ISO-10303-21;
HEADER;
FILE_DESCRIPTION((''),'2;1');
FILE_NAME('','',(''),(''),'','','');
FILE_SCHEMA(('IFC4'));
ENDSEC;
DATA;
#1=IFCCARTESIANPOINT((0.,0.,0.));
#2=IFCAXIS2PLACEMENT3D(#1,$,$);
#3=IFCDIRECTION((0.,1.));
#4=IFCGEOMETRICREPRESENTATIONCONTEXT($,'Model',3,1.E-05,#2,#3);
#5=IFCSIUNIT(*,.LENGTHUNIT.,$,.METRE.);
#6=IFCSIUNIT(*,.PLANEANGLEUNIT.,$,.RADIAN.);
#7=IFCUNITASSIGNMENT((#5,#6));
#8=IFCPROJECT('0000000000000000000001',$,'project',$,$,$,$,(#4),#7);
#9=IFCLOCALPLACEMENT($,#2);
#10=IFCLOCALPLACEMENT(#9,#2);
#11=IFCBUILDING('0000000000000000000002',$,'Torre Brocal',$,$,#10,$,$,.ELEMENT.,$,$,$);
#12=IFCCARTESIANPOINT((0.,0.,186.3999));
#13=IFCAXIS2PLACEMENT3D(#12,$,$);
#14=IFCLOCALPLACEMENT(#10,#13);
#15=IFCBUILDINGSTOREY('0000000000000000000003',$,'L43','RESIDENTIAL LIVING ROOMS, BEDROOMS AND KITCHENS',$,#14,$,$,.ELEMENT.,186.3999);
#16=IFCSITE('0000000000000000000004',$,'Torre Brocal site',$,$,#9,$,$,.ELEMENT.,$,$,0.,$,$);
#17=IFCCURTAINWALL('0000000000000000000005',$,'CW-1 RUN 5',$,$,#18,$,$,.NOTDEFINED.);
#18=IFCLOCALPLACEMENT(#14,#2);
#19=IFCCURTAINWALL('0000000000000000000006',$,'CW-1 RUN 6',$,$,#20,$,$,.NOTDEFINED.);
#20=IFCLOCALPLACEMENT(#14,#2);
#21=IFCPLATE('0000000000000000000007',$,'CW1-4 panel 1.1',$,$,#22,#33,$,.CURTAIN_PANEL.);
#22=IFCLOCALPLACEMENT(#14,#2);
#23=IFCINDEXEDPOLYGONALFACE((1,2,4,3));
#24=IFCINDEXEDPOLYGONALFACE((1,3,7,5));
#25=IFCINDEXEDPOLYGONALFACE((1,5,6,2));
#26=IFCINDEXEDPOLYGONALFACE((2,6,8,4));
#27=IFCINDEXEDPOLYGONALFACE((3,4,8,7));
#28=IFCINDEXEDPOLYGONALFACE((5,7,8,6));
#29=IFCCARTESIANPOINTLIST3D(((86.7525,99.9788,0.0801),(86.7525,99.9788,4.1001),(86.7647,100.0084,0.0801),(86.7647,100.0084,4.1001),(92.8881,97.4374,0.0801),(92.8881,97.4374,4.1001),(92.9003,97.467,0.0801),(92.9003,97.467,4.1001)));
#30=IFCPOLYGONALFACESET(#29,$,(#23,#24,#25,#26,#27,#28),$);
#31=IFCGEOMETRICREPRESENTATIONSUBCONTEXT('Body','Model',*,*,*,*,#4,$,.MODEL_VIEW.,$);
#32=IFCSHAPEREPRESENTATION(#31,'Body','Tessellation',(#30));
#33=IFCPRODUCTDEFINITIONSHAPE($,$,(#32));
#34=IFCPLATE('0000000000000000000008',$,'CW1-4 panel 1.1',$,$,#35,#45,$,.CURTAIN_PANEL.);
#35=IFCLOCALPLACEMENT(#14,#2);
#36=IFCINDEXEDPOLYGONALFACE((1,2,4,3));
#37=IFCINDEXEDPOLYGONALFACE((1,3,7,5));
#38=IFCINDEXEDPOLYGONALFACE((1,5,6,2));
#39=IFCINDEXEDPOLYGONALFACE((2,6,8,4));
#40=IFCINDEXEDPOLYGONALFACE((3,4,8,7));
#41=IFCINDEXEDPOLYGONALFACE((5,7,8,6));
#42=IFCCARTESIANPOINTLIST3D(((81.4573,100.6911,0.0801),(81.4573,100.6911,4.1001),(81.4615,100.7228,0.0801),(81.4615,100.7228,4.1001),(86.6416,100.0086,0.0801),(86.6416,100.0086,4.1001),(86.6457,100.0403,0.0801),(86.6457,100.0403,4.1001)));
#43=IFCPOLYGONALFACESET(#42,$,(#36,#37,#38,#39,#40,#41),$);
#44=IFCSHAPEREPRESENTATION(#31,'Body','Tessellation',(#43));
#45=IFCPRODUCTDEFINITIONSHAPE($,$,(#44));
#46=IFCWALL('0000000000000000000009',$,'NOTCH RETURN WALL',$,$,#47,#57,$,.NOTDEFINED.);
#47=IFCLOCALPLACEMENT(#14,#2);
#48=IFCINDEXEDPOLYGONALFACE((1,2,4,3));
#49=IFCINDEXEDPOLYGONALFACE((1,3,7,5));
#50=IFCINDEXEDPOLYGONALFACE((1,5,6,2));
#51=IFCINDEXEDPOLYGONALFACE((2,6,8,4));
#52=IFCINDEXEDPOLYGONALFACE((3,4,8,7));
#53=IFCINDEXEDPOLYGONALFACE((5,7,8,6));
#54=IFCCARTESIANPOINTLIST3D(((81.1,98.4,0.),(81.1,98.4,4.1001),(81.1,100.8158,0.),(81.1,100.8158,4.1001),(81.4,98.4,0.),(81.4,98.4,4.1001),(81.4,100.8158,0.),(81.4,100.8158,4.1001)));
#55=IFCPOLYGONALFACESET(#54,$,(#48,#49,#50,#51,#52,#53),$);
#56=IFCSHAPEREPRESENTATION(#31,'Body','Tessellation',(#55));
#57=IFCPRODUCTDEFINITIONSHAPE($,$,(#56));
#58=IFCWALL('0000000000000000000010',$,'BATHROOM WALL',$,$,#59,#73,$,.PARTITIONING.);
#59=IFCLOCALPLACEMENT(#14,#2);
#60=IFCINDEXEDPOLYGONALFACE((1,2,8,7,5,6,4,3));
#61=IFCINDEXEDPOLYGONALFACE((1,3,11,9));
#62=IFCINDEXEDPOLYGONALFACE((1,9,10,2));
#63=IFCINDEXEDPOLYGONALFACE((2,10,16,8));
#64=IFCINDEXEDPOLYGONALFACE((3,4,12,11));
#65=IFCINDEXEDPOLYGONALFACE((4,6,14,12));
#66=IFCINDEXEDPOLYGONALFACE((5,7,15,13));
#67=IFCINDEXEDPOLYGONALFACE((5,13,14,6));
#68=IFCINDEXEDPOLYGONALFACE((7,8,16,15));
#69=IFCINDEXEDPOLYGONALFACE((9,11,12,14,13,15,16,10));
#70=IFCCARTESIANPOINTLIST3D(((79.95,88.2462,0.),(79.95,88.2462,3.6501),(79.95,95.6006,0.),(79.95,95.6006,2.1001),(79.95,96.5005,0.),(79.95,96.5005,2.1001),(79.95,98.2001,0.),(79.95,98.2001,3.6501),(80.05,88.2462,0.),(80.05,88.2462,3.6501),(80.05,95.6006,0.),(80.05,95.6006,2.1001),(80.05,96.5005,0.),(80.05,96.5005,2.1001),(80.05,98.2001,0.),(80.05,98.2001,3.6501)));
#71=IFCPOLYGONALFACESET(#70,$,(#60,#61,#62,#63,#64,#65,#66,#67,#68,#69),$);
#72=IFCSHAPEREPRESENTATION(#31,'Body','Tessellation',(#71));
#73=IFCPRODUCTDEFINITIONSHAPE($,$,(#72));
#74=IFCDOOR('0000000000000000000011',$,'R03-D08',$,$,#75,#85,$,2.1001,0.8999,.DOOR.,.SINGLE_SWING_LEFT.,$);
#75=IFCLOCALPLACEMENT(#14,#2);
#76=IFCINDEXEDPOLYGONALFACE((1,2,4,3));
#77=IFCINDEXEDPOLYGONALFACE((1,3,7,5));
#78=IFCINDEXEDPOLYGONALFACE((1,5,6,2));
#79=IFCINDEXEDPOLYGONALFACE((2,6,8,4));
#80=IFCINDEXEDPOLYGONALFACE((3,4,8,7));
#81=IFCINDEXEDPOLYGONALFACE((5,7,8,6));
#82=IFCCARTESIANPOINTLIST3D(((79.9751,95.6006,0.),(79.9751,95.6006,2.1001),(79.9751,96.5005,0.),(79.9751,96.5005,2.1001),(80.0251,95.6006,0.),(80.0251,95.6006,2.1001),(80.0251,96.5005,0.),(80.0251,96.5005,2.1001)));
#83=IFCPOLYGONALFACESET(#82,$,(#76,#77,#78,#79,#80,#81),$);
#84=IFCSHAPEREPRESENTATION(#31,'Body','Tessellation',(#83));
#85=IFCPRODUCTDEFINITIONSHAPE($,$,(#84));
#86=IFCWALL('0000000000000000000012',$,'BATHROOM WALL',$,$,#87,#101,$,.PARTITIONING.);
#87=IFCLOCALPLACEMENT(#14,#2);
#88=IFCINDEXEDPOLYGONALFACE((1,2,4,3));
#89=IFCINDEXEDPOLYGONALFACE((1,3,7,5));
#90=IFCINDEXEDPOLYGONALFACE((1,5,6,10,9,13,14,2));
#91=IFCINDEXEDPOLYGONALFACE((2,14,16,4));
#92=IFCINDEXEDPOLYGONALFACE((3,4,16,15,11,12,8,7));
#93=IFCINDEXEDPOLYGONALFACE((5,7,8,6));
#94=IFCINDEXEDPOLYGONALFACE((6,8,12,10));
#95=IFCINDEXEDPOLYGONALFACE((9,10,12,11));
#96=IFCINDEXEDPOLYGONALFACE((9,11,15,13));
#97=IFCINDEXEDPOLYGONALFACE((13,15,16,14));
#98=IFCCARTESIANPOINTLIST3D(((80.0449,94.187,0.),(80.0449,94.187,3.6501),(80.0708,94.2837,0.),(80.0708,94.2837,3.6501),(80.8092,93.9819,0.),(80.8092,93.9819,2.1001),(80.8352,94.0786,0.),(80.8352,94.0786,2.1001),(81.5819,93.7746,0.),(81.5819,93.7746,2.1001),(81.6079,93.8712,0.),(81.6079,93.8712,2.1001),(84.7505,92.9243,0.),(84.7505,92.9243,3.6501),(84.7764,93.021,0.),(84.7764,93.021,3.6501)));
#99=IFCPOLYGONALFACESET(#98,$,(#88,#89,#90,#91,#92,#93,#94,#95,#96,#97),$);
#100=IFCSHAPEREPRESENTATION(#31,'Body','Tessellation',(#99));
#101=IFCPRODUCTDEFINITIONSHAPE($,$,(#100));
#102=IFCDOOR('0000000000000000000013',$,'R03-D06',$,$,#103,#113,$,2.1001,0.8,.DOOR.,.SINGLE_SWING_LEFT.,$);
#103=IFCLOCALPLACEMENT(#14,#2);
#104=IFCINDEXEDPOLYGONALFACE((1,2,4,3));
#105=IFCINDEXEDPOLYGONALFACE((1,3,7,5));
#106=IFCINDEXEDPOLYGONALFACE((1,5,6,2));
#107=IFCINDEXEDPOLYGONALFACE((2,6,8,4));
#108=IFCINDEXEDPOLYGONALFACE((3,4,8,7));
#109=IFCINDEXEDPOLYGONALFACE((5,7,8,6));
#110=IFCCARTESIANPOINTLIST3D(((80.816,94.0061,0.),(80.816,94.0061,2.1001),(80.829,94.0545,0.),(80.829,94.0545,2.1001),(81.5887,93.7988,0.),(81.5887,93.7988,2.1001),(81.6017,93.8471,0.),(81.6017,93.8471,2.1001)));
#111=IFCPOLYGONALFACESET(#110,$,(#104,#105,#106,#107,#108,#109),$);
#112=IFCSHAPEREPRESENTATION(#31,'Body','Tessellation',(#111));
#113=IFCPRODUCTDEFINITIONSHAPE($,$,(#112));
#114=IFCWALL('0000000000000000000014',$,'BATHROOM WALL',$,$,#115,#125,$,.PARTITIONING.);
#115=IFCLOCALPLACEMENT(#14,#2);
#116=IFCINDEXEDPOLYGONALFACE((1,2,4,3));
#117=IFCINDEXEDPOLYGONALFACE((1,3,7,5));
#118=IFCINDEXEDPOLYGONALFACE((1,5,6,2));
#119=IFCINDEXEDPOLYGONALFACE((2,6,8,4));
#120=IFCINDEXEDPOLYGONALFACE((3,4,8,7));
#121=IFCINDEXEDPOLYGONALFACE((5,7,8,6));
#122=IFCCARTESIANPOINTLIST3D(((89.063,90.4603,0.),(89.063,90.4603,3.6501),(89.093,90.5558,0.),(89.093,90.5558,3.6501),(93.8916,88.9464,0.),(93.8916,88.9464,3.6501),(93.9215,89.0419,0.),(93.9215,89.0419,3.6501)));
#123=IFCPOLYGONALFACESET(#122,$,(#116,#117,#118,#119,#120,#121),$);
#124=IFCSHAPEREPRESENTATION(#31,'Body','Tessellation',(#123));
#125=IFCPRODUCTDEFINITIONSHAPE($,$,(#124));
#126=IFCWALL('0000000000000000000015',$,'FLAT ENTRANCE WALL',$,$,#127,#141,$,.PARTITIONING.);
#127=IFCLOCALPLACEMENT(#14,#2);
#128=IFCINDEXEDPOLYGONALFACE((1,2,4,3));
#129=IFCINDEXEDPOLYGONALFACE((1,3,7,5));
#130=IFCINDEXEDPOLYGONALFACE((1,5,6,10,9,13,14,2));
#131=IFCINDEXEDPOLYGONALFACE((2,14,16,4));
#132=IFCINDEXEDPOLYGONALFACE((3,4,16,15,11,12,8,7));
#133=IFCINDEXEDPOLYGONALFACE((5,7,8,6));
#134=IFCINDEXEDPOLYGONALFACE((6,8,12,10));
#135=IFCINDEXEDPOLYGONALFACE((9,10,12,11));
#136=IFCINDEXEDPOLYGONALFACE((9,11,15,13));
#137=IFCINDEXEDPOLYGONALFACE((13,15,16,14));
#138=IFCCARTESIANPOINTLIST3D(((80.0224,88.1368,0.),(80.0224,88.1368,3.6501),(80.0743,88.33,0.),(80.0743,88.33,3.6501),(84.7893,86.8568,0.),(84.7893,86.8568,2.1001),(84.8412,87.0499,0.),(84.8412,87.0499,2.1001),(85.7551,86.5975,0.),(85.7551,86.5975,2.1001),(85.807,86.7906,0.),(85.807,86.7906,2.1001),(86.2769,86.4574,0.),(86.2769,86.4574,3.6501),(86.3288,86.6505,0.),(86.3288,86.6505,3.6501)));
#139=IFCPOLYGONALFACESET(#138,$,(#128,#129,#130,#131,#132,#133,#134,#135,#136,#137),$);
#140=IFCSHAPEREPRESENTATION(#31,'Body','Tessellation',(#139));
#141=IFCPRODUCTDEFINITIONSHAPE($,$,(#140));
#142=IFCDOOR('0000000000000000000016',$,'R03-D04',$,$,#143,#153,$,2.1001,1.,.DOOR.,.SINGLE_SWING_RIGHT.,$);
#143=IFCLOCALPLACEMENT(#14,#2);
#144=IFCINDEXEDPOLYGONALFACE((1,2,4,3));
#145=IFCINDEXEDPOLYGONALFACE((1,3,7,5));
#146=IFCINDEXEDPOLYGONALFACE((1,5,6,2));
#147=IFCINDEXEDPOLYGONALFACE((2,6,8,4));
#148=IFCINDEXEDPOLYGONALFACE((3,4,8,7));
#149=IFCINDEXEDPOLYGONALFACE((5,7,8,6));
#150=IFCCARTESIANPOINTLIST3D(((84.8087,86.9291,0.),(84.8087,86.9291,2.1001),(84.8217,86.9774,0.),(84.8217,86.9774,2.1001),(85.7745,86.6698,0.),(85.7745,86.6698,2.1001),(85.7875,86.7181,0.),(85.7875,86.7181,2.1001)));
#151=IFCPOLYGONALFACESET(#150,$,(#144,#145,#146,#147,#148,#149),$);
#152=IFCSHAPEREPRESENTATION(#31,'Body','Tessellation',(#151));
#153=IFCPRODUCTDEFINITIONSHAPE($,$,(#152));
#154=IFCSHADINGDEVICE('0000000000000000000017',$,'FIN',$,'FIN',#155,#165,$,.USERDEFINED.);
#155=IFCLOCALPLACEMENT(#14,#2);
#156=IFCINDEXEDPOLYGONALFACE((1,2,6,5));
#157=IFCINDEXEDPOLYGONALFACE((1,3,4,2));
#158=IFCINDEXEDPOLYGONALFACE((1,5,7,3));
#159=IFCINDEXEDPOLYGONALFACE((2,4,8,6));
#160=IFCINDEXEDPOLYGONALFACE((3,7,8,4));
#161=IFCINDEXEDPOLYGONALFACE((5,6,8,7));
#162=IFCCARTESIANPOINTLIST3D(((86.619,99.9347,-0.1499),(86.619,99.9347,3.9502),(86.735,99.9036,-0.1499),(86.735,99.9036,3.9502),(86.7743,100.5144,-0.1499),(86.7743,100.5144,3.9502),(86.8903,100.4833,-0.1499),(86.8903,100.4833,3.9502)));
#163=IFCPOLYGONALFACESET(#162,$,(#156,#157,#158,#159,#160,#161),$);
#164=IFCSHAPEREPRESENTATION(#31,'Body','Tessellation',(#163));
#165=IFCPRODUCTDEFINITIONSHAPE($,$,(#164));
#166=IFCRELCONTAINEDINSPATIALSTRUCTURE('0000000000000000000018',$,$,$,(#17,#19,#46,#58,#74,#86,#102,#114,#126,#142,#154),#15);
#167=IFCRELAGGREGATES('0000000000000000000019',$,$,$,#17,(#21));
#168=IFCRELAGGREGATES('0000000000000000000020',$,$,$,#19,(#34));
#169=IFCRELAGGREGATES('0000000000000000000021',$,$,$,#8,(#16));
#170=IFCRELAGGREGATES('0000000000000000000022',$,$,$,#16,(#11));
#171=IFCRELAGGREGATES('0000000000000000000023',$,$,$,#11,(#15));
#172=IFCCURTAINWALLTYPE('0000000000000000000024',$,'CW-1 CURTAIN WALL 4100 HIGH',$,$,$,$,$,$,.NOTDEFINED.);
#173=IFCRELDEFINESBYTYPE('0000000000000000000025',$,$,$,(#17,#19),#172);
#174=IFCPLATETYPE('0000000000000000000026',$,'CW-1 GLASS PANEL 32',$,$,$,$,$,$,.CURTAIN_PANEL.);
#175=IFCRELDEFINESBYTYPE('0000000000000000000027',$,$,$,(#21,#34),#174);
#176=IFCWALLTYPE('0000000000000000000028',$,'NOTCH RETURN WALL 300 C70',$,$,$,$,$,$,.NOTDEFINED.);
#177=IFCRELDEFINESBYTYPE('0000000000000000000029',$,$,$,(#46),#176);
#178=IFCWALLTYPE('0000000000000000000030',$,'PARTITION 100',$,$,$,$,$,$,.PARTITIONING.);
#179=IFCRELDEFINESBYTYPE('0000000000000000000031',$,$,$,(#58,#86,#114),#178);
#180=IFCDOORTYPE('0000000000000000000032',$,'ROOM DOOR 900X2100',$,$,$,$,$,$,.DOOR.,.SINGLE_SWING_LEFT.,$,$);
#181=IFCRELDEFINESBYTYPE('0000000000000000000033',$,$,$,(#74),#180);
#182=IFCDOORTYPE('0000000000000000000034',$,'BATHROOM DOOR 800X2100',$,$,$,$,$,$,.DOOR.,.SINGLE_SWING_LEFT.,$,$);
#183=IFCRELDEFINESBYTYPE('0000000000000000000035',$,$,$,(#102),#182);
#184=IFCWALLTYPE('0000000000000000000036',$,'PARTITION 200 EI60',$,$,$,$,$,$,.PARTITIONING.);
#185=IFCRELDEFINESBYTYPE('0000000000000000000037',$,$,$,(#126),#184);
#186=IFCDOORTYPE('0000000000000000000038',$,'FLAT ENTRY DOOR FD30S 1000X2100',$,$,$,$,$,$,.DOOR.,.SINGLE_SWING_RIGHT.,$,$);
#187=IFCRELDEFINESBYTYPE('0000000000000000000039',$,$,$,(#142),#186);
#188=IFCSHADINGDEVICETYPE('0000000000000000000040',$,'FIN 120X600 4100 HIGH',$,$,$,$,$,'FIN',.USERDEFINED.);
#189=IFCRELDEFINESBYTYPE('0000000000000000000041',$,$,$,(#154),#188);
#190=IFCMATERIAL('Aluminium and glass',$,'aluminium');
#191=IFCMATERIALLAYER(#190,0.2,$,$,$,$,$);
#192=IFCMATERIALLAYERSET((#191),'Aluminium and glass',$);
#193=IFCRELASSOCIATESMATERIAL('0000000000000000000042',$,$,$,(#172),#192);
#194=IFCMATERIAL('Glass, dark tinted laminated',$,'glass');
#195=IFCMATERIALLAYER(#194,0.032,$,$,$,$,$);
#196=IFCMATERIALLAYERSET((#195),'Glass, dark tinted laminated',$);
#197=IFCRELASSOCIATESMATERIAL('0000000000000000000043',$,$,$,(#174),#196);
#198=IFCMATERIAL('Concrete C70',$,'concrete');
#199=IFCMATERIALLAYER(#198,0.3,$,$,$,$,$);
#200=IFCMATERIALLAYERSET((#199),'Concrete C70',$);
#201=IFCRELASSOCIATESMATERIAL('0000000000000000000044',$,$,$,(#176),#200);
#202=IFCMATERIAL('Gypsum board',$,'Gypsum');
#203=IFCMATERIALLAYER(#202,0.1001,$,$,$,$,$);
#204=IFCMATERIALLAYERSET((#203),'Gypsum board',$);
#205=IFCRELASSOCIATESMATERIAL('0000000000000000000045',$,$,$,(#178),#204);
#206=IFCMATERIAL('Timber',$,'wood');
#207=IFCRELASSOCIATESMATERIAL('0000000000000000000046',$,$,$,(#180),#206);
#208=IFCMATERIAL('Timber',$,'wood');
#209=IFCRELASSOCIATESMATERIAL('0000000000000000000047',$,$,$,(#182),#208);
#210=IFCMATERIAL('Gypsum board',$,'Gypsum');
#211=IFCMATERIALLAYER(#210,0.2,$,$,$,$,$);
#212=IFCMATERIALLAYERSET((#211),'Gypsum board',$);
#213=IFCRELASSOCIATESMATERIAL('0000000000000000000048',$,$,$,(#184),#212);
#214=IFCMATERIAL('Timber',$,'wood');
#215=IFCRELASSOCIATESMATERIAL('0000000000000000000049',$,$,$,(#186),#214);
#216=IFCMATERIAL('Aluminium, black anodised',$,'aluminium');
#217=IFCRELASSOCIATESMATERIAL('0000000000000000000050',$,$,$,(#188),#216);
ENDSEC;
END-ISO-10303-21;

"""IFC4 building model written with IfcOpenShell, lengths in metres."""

from ifc_helpers import new_model, si_unit, direction, frame, frame_2d, origin, origin_2d, place, context, subcontext, project, spatial, rectangle, extrude, material, layer, layer_set, material_profile, profile_set, type_object, element, fill, aggregate, save


model = new_model("IFC4")

# Units and contexts
model_context = context("Model", 3, precision=1e-05, world=origin(), true_north=direction((0.0, 1.0)))
body_context = subcontext(model_context, "Body", "Model", "MODEL_VIEW")
ifc_project = project(units=[si_unit("LENGTHUNIT", "METRE"), si_unit("PLANEANGLEUNIT", "RADIAN")], contexts=[model_context])

# Site, building, storey
site_placement = place(None, origin())
site = spatial("IfcSite", under=ifc_project, at=site_placement, Name="Torre Brocal site", CompositionType="ELEMENT", RefElevation=0.0)
building_placement = place(site_placement, origin())
building = spatial("IfcBuilding", under=site, at=building_placement, Name="Torre Brocal", CompositionType="ELEMENT")
storey_placement = place(building_placement, frame((0.0, 0.0, 186.3999)))
storey = spatial("IfcBuildingStorey", under=building, at=storey_placement, Name="L43", Description="RESIDENTIAL LIVING ROOMS, BEDROOMS AND KITCHENS", CompositionType="ELEMENT", Elevation=186.3999)

# Curtain wall
ifc_material_1 = material(Name="Aluminium and glass", Category="aluminium")
ifc_layer_1 = layer(ifc_material_1, 0.2)
ifc_layer_set_1 = layer_set([ifc_layer_1], Name="Aluminium and glass")
curtain_wall_type = type_object("IfcCurtainWallType", Name="CW-1 CURTAIN WALL 4100 HIGH", PredefinedType="NOTDEFINED", material=ifc_layer_set_1)
curtain_wall_1_placement = place(storey_placement, origin())
curtain_wall_1 = element("IfcCurtainWall", 1, at=curtain_wall_1_placement, inside=storey, type_object=curtain_wall_type, Name="CW-1 RUN 5", PredefinedType="NOTDEFINED")

# Curtain wall
curtain_wall_2_placement = place(storey_placement, origin())
curtain_wall_2 = element("IfcCurtainWall", 2, at=curtain_wall_2_placement, inside=storey, type_object=curtain_wall_type, Name="CW-1 RUN 6", PredefinedType="NOTDEFINED")

# Plates
ifc_material_2 = material(Name="Glass, dark tinted laminated", Category="glass")
ifc_layer_2 = layer(ifc_material_2, 0.032)
ifc_layer_set_2 = layer_set([ifc_layer_2], Name="Glass, dark tinted laminated")
plate_type = type_object("IfcPlateType", Name="CW-1 GLASS PANEL 32", PredefinedType="CURTAIN_PANEL", material=ifc_layer_set_2)
plate_1_placement = place(storey_placement, frame((89.8264, 98.7229, 0.0801), z_axis=(0.0, 0.0, 1.0), x_axis=(-0.92388, 0.382683, 0.0)))
plate_1 = element("IfcPlate", 3, at=plate_1_placement, type_object=plate_type, Name="CW1-4 panel 1.1", PredefinedType="CURTAIN_PANEL", context=body_context, shape_type="SweptSolid", body=[
    extrude(rectangle(XDim=6.6411, YDim=0.032, at=origin_2d()), origin(), (0.0, 0.0, 1.0), 4.02),
])
aggregate(curtain_wall_1, [plate_1])
plate_2_placement = place(storey_placement, frame((84.0515, 100.3657, 0.0801), z_axis=(0.0, 0.0, 1.0), x_axis=(-0.991445, 0.130526, 0.0)))
plate_2 = element("IfcPlate", 4, at=plate_2_placement, type_object=plate_type, Name="CW1-4 panel 1.1", PredefinedType="CURTAIN_PANEL", context=body_context, shape_type="SweptSolid", body=[
    extrude(rectangle(XDim=5.229, YDim=0.032, at=origin_2d()), origin(), (0.0, 0.0, 1.0), 4.02),
])
aggregate(curtain_wall_2, [plate_2])

# Wall
ifc_material_3 = material(Name="Concrete C70", Category="concrete")
ifc_layer_3 = layer(ifc_material_3, 0.3)
ifc_layer_set_3 = layer_set([ifc_layer_3], Name="Concrete C70")
wall_type_1 = type_object("IfcWallType", Name="NOTCH RETURN WALL 300 C70", PredefinedType="NOTDEFINED", material=ifc_layer_set_3)
wall_1_placement = place(storey_placement, frame((81.25, 98.3999, 0.0), z_axis=(0.0, 0.0, 1.0), x_axis=(0.0, 1.0, 0.0)))
element("IfcWall", 5, at=wall_1_placement, inside=storey, type_object=wall_type_1, Name="NOTCH RETURN WALL", PredefinedType="NOTDEFINED", context=body_context, shape_type="SweptSolid", body=[
    extrude(rectangle(XDim=2.4158, YDim=0.3, at=frame_2d((1.208, 0.0))), origin(), (0.0, 0.0, 1.0), 4.1001),
])

# Walls, openings, doors
ifc_material_4 = material(Name="Gypsum board", Category="Gypsum")
ifc_layer_4 = layer(ifc_material_4, 0.1001)
ifc_layer_set_4 = layer_set([ifc_layer_4], Name="Gypsum board")
wall_type_2 = type_object("IfcWallType", Name="PARTITION 100", PredefinedType="PARTITIONING", material=ifc_layer_set_4)
wall_2_placement = place(storey_placement, frame((80.0, 88.2461, 0.0), z_axis=(0.0, 0.0, 1.0), x_axis=(0.0, 1.0, 0.0)))
wall_2 = element("IfcWall", 6, at=wall_2_placement, inside=storey, type_object=wall_type_2, Name="BATHROOM WALL", PredefinedType="PARTITIONING", context=body_context, shape_type="SweptSolid", body=[
    extrude(rectangle(XDim=9.9539, YDim=0.1001, at=frame_2d((4.9771, 0.0))), origin(), (0.0, 0.0, 1.0), 3.6501),
])
opening_1_placement = place(wall_2_placement, frame((7.3545, 0.0, 0.0)))
opening_1 = element("IfcOpeningElement", 7, at=opening_1_placement, cuts=wall_2, PredefinedType="OPENING", context=body_context, shape_type="SweptSolid", body=[
    extrude(rectangle(XDim=0.8999, YDim=2.1001, at=frame_2d((0.45, 1.05))), frame((0.0, 0.0601, 0.0), z_axis=(0.0, -1.0, 0.0), x_axis=(1.0, 0.0, 0.0)), (0.0, 0.0, 1.0), 0.1201),
])
ifc_material_5 = material(Name="Timber", Category="wood")
door_type_1 = type_object("IfcDoorType", Name="ROOM DOOR 900X2100", OperationType="SINGLE_SWING_LEFT", PredefinedType="DOOR", material=ifc_material_5)
door_1_placement = place(opening_1_placement, origin())
door_1 = element("IfcDoor", 8, at=door_1_placement, inside=storey, type_object=door_type_1, Name="R03-D08", OperationType="SINGLE_SWING_LEFT", OverallHeight=2.1001, OverallWidth=0.8999, PredefinedType="DOOR", context=body_context, shape_type="SweptSolid", body=[
    extrude(rectangle(XDim=0.8999, YDim=2.1001, at=frame_2d((0.45, 1.05))), frame((0.0, 0.0249, 0.0), z_axis=(0.0, -1.0, 0.0), x_axis=(1.0, 0.0, 0.0)), (0.0, 0.0, 1.0), 0.05),
])
fill(opening_1, door_1)
wall_3_placement = place(storey_placement, frame((80.0579, 94.2354, 0.0), z_axis=(0.0, 0.0, 1.0), x_axis=(0.965831, -0.259172, 0.0)))
wall_3 = element("IfcWall", 9, at=wall_3_placement, inside=storey, type_object=wall_type_2, Name="BATHROOM WALL", PredefinedType="PARTITIONING", context=body_context, shape_type="SweptSolid", body=[
    extrude(rectangle(XDim=4.8721, YDim=0.1001, at=frame_2d((2.436, 0.0))), origin(), (0.0, 0.0, 1.0), 3.6501),
])
opening_2_placement = place(wall_3_placement, frame((0.7915, 0.0, 0.0)))
opening_2 = element("IfcOpeningElement", 10, at=opening_2_placement, cuts=wall_3, PredefinedType="OPENING", context=body_context, shape_type="SweptSolid", body=[
    extrude(rectangle(XDim=0.8, YDim=2.1001, at=frame_2d((0.3999, 1.05))), frame((0.0, 0.0601, 0.0), z_axis=(0.0, -1.0, 0.0), x_axis=(1.0, 0.0, 0.0)), (0.0, 0.0, 1.0), 0.1201),
])
ifc_material_6 = material(Name="Timber", Category="wood")
door_type_2 = type_object("IfcDoorType", Name="BATHROOM DOOR 800X2100", OperationType="SINGLE_SWING_LEFT", PredefinedType="DOOR", material=ifc_material_6)
door_2_placement = place(opening_2_placement, frame((0.8, 0.0, 0.0), z_axis=(0.0, 0.0, 1.0), x_axis=(-1.0, 0.0, 0.0)))
door_2 = element("IfcDoor", 11, at=door_2_placement, inside=storey, type_object=door_type_2, Name="R03-D06", OperationType="SINGLE_SWING_LEFT", OverallHeight=2.1001, OverallWidth=0.8, PredefinedType="DOOR", context=body_context, shape_type="SweptSolid", body=[
    extrude(rectangle(XDim=0.8, YDim=2.1001, at=frame_2d((0.3999, 1.05))), frame((0.0, 0.0249, 0.0), z_axis=(0.0, -1.0, 0.0), x_axis=(1.0, 0.0, 0.0)), (0.0, 0.0, 1.0), 0.05),
])
fill(opening_2, door_2)

# Wall
wall_4_placement = place(storey_placement, frame((89.0779, 90.5081, 0.0), z_axis=(0.0, 0.0, 1.0), x_axis=(0.9542, -0.29917, 0.0)))
element("IfcWall", 12, at=wall_4_placement, inside=storey, type_object=wall_type_2, Name="BATHROOM WALL", PredefinedType="PARTITIONING", context=body_context, shape_type="SweptSolid", body=[
    extrude(rectangle(XDim=5.0603, YDim=0.1001, at=frame_2d((2.5303, 0.0))), origin(), (0.0, 0.0, 1.0), 3.6501),
])

# Wall, opening, door
ifc_material_7 = material(Name="Gypsum board", Category="Gypsum")
ifc_layer_5 = layer(ifc_material_7, 0.2)
ifc_layer_set_5 = layer_set([ifc_layer_5], Name="Gypsum board")
wall_type_3 = type_object("IfcWallType", Name="PARTITION 200 EI60", PredefinedType="PARTITIONING", material=ifc_layer_set_5)
wall_5_placement = place(storey_placement, frame((80.0483, 88.2334, 0.0), z_axis=(0.0, 0.0, 1.0), x_axis=(0.965787, -0.259335, 0.0)))
wall_5 = element("IfcWall", 13, at=wall_5_placement, inside=storey, type_object=wall_type_3, Name="FLAT ENTRANCE WALL", PredefinedType="PARTITIONING", context=body_context, shape_type="SweptSolid", body=[
    extrude(rectangle(XDim=6.4761, YDim=0.2, at=frame_2d((3.238, 0.0))), origin(), (0.0, 0.0, 1.0), 3.6501),
])
opening_3_placement = place(wall_5_placement, frame((4.9358, 0.0, 0.0)))
opening_3 = element("IfcOpeningElement", 14, at=opening_3_placement, cuts=wall_5, PredefinedType="OPENING", context=body_context, shape_type="SweptSolid", body=[
    extrude(rectangle(XDim=1.0, YDim=2.1001, at=frame_2d((0.5, 1.05))), frame((0.0, 0.1099, 0.0), z_axis=(0.0, -1.0, 0.0), x_axis=(1.0, 0.0, 0.0)), (0.0, 0.0, 1.0), 0.22),
])
ifc_material_8 = material(Name="Timber", Category="wood")
door_type_3 = type_object("IfcDoorType", Name="FLAT ENTRY DOOR FD30S 1000X2100", OperationType="SINGLE_SWING_RIGHT", PredefinedType="DOOR", material=ifc_material_8)
door_3_placement = place(opening_3_placement, origin())
door_3 = element("IfcDoor", 15, at=door_3_placement, inside=storey, type_object=door_type_3, Name="R03-D04", OperationType="SINGLE_SWING_RIGHT", OverallHeight=2.1001, OverallWidth=1.0, PredefinedType="DOOR", context=body_context, shape_type="SweptSolid", body=[
    extrude(rectangle(XDim=1.0, YDim=2.1001, at=frame_2d((0.5, 1.05))), frame((0.0, 0.0249, 0.0), z_axis=(0.0, -1.0, 0.0), x_axis=(1.0, 0.0, 0.0)), (0.0, 0.0, 1.0), 0.05),
])
fill(opening_3, door_3)

# Shading device
ifc_material_9 = material(Name="Aluminium, black anodised", Category="aluminium")
ifc_material_profile_1 = material_profile(ifc_material_9, rectangle(XDim=0.1201, YDim=0.6001, at=origin_2d()), Name="FIN 120X600 4100 HIGH")
ifc_profile_set_1 = profile_set([ifc_material_profile_1], Name="Aluminium, black anodised")
shading_device_type = type_object("IfcShadingDeviceType", Name="FIN 120X600 4100 HIGH", ElementType="FIN", PredefinedType="USERDEFINED", material=ifc_profile_set_1)
shading_device_placement = place(storey_placement, frame((86.7546, 100.209, -0.1499), z_axis=(0.0, 0.0, 1.0), x_axis=(-0.965926, 0.258819, 0.0)))
element("IfcShadingDevice", 16, at=shading_device_placement, inside=storey, type_object=shading_device_type, Name="FIN", ObjectType="FIN", PredefinedType="USERDEFINED", context=body_context, shape_type="SweptSolid", body=[
    extrude(rectangle(XDim=0.1201, YDim=0.6001, at=origin_2d()), origin(), (0.0, 0.0, 1.0), 4.1001),
])

save(model, "model.ifc")
